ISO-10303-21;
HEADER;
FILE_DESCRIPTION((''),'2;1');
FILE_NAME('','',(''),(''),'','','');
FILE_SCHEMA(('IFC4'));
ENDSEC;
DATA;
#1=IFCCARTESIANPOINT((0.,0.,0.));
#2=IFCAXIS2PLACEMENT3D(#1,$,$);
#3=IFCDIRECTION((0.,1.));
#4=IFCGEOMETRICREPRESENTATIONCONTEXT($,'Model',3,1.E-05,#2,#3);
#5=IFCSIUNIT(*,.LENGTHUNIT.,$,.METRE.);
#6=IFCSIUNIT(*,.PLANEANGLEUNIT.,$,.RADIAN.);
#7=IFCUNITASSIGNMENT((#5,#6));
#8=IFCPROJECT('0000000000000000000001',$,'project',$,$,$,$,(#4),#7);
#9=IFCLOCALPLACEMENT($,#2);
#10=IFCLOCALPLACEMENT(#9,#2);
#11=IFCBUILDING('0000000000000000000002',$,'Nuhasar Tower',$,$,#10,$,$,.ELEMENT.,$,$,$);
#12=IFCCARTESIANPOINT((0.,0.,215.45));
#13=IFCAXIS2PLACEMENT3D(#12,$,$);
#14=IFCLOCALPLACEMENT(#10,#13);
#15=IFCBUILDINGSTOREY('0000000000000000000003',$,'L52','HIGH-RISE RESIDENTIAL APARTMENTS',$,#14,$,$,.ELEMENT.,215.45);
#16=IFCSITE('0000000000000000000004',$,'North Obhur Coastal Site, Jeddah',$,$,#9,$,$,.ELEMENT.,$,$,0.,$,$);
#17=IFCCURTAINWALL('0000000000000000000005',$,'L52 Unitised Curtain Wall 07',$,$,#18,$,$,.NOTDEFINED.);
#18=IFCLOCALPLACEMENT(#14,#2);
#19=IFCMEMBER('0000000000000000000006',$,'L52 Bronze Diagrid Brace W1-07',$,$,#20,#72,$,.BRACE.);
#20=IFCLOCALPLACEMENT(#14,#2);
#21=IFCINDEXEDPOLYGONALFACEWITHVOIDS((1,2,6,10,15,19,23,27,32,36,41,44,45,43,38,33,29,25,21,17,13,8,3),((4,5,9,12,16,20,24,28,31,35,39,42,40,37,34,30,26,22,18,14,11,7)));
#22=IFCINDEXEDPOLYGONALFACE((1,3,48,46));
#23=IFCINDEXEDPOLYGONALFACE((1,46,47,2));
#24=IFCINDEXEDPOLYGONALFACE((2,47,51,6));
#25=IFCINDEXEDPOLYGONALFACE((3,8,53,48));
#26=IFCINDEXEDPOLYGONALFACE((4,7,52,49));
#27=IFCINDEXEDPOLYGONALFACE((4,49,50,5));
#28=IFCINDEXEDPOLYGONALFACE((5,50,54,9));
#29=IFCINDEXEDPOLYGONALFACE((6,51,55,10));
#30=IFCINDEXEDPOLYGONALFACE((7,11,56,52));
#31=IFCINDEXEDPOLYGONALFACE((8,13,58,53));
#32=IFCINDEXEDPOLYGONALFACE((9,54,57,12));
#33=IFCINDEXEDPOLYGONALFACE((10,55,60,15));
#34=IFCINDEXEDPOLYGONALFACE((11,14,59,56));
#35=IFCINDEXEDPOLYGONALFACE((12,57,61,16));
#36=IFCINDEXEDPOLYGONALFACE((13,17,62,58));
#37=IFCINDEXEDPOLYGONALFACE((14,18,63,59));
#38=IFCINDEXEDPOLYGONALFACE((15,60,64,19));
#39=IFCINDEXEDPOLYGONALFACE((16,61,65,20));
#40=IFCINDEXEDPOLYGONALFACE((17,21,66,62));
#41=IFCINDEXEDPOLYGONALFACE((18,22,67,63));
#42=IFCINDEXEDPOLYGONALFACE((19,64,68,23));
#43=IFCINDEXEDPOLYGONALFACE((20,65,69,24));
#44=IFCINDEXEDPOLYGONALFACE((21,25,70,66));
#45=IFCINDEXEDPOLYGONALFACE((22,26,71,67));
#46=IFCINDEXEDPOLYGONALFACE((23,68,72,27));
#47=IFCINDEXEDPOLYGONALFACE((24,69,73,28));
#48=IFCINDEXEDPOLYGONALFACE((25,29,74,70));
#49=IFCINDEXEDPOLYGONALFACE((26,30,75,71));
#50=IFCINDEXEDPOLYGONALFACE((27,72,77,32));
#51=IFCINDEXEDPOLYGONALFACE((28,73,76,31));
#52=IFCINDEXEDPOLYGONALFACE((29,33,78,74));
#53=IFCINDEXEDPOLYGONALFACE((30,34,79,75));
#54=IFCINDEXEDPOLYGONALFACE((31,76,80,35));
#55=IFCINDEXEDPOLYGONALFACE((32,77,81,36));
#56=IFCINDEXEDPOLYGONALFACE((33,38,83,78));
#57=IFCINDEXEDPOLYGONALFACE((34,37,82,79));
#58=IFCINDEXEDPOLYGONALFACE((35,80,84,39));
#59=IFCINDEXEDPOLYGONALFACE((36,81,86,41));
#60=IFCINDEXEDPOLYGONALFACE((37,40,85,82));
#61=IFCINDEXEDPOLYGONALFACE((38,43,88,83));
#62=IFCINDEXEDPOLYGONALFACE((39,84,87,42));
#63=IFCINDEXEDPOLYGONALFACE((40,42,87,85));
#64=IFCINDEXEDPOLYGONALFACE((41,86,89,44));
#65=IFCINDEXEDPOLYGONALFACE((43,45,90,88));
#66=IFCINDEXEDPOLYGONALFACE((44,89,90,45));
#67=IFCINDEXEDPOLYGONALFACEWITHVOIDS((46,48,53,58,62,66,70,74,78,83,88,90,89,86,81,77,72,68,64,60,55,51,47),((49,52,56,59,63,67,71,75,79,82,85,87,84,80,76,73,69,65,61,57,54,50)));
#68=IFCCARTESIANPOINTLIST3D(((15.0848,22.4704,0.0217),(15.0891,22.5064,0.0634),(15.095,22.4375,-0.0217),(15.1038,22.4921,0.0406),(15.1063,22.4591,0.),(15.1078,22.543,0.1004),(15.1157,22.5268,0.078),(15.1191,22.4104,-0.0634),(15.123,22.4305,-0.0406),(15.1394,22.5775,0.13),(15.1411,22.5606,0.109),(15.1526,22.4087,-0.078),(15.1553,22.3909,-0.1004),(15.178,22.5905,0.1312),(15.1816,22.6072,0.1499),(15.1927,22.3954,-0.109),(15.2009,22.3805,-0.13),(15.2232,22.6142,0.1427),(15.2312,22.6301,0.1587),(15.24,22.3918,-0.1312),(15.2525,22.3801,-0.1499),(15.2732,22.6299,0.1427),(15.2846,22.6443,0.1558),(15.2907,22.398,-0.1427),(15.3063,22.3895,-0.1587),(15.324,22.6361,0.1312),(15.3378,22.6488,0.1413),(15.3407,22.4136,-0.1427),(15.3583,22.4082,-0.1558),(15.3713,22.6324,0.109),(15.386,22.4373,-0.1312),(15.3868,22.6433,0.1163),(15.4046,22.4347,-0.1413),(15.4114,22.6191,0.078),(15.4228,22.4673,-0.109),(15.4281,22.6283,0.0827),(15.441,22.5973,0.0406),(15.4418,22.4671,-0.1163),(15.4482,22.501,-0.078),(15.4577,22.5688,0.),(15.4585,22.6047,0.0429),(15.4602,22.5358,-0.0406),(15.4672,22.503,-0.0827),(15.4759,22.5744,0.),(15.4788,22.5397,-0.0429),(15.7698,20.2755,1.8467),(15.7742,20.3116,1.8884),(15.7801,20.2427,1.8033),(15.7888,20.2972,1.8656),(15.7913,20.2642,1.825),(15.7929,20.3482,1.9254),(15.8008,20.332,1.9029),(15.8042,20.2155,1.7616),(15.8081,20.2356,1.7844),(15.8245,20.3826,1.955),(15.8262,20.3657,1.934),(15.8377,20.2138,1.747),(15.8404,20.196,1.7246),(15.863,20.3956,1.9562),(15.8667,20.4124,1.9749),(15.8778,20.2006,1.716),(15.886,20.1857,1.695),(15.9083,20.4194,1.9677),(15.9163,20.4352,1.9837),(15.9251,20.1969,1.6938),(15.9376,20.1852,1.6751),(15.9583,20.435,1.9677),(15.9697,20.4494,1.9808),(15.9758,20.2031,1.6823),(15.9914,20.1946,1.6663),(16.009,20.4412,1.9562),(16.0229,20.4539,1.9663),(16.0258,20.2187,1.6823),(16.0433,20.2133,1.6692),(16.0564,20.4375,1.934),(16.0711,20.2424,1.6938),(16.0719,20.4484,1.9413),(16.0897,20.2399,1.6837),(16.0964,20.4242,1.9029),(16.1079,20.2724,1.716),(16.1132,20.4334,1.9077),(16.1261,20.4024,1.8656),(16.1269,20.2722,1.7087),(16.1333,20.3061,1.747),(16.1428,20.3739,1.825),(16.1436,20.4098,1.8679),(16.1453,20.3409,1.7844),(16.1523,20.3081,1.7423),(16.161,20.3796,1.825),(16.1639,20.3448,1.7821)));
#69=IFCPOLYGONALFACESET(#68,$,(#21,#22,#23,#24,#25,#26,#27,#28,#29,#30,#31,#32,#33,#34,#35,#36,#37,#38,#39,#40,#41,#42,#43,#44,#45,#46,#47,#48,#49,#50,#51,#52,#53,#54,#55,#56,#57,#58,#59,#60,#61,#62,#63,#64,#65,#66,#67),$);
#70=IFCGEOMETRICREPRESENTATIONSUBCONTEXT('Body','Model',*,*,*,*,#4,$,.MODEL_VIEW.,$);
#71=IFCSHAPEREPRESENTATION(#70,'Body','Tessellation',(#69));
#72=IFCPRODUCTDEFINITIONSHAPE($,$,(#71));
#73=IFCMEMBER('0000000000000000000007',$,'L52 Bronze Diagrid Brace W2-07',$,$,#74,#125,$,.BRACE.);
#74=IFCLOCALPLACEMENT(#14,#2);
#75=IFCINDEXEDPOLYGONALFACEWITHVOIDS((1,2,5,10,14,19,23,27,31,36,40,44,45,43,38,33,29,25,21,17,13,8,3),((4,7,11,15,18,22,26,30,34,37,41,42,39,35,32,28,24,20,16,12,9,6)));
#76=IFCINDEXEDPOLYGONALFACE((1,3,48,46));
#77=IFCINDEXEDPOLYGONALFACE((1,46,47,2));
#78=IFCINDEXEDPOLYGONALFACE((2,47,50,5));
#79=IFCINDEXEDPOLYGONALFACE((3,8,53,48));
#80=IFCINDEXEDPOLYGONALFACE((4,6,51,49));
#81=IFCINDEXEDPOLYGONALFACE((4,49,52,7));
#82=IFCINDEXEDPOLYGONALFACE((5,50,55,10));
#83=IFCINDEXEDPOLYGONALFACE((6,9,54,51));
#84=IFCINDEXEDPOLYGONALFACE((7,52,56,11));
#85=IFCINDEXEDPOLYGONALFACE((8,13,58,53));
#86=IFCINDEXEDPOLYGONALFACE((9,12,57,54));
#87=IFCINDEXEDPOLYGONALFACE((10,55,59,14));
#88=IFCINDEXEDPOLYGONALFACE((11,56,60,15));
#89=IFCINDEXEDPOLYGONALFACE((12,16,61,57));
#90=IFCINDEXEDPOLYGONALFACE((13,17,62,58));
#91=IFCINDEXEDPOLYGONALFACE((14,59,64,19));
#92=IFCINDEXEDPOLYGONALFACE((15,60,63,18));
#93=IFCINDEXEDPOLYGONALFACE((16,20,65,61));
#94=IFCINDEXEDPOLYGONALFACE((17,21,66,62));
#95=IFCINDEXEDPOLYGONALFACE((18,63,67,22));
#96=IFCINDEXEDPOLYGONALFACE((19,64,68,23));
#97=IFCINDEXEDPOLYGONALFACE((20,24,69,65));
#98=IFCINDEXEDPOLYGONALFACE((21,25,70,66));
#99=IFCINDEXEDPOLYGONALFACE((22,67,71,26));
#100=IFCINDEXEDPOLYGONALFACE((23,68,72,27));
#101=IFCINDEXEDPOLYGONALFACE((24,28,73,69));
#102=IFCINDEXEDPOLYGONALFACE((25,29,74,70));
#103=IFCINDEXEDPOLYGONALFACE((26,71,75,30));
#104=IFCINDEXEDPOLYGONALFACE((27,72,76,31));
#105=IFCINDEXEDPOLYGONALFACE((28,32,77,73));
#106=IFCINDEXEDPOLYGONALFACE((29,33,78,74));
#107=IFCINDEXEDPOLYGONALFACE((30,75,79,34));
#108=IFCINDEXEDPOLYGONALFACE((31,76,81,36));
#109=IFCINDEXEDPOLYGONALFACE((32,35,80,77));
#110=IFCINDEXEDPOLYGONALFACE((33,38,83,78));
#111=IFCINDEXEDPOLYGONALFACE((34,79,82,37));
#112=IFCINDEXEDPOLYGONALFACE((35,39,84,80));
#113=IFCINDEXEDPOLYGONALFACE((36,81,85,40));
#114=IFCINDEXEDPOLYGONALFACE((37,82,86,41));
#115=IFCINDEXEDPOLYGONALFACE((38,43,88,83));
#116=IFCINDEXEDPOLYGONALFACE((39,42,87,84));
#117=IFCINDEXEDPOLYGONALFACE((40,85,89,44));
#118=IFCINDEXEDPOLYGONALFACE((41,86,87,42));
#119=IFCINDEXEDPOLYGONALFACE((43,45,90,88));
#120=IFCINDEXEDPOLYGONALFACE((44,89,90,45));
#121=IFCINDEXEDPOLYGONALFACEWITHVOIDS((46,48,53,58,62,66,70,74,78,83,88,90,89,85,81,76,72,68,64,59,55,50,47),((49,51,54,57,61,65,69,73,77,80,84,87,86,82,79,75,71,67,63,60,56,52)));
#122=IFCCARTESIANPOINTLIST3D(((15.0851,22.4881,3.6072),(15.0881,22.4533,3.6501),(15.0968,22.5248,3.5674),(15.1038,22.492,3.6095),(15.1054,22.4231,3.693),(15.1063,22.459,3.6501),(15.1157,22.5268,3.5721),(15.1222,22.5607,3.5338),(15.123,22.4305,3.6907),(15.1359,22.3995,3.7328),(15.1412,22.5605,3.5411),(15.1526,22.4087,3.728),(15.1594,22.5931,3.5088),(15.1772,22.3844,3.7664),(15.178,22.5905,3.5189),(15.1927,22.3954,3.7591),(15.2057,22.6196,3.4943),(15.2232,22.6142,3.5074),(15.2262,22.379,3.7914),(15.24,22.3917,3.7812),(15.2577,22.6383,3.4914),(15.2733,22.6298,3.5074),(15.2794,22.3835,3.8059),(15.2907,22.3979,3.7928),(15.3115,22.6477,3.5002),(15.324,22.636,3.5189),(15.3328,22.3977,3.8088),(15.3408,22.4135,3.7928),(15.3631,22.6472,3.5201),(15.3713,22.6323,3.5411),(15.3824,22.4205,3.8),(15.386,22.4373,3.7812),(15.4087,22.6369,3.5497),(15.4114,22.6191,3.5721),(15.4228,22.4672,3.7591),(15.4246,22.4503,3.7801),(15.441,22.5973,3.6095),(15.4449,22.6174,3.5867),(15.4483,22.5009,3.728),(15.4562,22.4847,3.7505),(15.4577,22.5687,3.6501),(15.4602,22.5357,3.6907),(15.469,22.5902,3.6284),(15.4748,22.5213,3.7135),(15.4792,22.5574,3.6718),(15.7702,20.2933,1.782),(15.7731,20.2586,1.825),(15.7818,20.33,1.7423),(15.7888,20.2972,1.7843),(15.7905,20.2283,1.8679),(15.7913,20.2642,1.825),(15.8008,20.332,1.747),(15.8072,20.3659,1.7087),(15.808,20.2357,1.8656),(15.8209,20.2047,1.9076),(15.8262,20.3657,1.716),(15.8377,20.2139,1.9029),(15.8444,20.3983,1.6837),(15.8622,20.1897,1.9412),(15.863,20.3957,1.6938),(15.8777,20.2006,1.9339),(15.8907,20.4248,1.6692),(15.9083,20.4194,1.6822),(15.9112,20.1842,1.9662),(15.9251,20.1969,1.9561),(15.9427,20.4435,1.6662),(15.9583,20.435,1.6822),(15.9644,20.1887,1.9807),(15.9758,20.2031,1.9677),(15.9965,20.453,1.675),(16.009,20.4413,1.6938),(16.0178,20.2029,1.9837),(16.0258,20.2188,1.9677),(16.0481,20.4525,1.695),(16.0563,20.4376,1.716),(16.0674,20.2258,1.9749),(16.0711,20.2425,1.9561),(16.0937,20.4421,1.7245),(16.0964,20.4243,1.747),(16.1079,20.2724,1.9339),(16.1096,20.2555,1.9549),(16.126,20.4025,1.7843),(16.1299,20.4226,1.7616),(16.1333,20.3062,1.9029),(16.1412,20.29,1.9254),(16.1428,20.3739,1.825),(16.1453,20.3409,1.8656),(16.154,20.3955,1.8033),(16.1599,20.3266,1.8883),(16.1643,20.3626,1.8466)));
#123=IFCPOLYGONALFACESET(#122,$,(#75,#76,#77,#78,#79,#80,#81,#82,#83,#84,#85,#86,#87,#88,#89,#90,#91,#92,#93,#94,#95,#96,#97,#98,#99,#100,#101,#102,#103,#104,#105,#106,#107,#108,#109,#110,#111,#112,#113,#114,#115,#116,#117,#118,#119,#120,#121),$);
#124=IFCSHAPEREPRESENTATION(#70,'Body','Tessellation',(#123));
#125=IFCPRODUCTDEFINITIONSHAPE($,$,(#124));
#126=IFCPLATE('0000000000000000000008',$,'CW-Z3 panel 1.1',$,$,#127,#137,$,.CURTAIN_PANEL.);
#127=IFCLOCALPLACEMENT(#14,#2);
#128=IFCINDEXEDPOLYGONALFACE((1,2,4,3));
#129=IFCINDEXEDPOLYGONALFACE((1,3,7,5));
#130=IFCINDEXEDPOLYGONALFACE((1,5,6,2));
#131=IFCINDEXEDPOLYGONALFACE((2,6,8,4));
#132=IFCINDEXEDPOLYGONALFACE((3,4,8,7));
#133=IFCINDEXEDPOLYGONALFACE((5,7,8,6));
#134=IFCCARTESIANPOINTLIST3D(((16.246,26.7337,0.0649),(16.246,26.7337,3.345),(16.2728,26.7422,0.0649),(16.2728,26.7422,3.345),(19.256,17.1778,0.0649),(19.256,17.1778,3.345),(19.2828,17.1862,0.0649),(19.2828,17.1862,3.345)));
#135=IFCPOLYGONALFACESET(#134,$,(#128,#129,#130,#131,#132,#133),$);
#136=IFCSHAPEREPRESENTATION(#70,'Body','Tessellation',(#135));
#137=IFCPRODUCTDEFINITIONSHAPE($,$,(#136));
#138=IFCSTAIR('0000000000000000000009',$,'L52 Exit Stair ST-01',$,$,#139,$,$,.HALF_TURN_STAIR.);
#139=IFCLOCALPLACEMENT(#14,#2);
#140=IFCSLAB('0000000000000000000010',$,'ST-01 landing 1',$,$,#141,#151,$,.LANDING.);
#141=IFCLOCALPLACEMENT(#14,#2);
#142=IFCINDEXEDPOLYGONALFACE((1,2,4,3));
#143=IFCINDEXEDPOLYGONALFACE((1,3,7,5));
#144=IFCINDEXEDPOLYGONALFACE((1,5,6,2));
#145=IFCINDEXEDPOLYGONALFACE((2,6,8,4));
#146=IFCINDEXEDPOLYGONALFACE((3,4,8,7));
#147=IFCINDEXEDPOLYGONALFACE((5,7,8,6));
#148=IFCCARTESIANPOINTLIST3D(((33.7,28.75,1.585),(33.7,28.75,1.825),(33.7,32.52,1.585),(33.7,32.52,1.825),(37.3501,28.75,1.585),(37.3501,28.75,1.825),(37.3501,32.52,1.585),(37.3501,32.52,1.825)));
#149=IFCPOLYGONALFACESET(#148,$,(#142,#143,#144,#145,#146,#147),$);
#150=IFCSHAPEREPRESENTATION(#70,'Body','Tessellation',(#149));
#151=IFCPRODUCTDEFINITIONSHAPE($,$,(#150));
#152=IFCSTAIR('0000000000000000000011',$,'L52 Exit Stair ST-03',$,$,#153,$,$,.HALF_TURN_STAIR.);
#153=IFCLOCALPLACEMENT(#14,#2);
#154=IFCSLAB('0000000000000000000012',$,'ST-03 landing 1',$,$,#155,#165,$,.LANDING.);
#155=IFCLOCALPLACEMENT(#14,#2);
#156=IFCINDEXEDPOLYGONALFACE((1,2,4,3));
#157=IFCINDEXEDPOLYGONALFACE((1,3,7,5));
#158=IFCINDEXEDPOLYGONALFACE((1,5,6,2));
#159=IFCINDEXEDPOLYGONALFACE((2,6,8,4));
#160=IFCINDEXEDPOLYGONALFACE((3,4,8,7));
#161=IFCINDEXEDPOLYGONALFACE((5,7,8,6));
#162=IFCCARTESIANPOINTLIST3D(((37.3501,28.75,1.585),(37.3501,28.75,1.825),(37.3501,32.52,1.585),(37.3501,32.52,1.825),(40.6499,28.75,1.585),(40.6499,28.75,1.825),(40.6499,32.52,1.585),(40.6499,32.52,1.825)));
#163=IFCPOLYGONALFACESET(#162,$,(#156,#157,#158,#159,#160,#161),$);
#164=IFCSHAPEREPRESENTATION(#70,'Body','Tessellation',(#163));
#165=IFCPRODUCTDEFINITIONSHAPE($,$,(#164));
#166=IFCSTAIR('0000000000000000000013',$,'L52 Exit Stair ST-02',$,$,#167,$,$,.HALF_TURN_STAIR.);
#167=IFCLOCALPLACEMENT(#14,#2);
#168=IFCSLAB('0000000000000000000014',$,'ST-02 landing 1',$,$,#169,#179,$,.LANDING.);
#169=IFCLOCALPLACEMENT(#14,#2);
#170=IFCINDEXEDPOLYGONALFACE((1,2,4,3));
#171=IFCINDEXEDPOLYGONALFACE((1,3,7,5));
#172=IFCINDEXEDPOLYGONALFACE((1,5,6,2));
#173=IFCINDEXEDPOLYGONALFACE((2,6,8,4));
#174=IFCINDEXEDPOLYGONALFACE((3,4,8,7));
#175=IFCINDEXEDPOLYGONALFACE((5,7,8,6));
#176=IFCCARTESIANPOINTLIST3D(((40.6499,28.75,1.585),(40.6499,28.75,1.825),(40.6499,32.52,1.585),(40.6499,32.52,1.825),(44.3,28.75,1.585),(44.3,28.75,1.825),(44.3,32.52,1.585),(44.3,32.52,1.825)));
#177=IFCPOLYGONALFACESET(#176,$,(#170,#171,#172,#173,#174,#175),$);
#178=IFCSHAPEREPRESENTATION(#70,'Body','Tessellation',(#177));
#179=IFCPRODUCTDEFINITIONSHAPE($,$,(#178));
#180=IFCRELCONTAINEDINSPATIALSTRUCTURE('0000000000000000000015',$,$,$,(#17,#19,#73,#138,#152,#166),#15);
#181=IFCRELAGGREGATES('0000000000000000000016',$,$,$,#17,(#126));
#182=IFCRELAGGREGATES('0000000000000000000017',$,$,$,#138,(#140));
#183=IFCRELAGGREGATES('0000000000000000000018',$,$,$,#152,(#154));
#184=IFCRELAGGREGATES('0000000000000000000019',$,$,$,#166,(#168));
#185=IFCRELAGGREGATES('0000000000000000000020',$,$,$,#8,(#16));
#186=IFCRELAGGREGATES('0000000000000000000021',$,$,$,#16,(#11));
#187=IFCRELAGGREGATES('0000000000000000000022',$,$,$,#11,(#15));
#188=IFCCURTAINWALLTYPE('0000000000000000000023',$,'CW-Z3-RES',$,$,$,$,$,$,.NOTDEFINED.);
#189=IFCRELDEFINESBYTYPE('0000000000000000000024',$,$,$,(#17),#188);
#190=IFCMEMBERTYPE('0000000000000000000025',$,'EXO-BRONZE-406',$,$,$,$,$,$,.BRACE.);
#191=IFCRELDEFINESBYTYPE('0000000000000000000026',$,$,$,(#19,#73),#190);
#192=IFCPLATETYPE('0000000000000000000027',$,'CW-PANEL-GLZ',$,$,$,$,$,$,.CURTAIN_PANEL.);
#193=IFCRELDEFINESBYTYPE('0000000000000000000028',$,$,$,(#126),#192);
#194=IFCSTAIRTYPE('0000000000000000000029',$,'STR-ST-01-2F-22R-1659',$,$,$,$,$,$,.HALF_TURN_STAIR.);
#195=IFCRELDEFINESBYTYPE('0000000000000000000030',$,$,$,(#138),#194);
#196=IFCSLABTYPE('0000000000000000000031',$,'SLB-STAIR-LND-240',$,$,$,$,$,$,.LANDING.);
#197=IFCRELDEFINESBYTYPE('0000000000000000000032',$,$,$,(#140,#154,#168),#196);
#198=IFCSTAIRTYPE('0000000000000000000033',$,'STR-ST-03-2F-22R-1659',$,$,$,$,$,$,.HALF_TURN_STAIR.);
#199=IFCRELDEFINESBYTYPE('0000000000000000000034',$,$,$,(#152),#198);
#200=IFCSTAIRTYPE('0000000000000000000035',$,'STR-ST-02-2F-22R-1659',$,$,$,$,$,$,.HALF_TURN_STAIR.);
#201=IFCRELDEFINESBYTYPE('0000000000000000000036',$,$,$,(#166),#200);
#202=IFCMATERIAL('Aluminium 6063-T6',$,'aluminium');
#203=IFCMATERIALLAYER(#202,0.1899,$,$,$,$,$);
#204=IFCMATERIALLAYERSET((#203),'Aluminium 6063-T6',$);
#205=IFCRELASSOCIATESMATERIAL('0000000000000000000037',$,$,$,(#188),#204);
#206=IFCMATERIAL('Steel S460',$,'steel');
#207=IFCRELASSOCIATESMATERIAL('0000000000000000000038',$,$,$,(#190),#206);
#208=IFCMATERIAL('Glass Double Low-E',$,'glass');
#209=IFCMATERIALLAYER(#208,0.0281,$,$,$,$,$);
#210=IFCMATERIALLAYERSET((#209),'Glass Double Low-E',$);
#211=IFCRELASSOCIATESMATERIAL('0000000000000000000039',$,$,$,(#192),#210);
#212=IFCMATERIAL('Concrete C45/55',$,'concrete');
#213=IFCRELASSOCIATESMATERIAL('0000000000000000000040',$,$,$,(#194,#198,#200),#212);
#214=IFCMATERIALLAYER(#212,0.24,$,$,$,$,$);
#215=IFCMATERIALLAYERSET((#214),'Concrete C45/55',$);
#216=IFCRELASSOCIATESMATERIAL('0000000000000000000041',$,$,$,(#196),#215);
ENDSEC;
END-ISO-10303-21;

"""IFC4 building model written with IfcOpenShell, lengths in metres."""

from ifc_helpers import new_model, si_unit, direction, frame, origin, origin_2d, place, context, subcontext, project, spatial, polyline, rectangle, hollow_circle, outline, extrude, material, layer, layer_set, material_profile, profile_set, type_object, element, aggregate, save


model = new_model("IFC4")

# Units and contexts
model_context = context("Model", 3, precision=1e-05, world=origin(), true_north=direction((0.0, 1.0)))
body_context = subcontext(model_context, "Body", "Model", "MODEL_VIEW")
ifc_project = project(units=[si_unit("LENGTHUNIT", "METRE"), si_unit("PLANEANGLEUNIT", "RADIAN")], contexts=[model_context])

# Site, building, storey
site_placement = place(None, origin())
site = spatial("IfcSite", under=ifc_project, at=site_placement, Name="North Obhur Coastal Site, Jeddah", CompositionType="ELEMENT", RefElevation=0.0)
building_placement = place(site_placement, origin())
building = spatial("IfcBuilding", under=site, at=building_placement, Name="Nuhasar Tower", CompositionType="ELEMENT")
storey_placement = place(building_placement, frame((0.0, 0.0, 215.45)))
storey = spatial("IfcBuildingStorey", under=building, at=storey_placement, Name="L52", Description="HIGH-RISE RESIDENTIAL APARTMENTS", CompositionType="ELEMENT", Elevation=215.45)

# Curtain wall
ifc_material_1 = material(Name="Aluminium 6063-T6", Category="aluminium")
ifc_layer_1 = layer(ifc_material_1, 0.1899)
ifc_layer_set_1 = layer_set([ifc_layer_1], Name="Aluminium 6063-T6")
curtain_wall_type = type_object("IfcCurtainWallType", Name="CW-Z3-RES", PredefinedType="NOTDEFINED", material=ifc_layer_set_1)
curtain_wall_1_placement = place(storey_placement, origin())
curtain_wall_1 = element("IfcCurtainWall", 1, at=curtain_wall_1_placement, inside=storey, type_object=curtain_wall_type, Name="L52 Unitised Curtain Wall 07", PredefinedType="NOTDEFINED")

# Members
ifc_material_2 = material(Name="Steel S460", Category="steel")
ifc_material_profile_1 = material_profile(ifc_material_2, hollow_circle(Radius=0.2031, WallThickness=0.019, at=origin_2d()), Name="HSS406.4X19.1")
ifc_profile_set_1 = profile_set([ifc_material_profile_1], Name="Steel S460")
member_type_1 = type_object("IfcMemberType", Name="EXO-BRONZE-406", PredefinedType="BRACE", material=ifc_profile_set_1)
for number, where, z_axis, x_axis, name in (
    (2, (15.282, 22.5139, 0.0), (0.233372, -0.74769, 0.621689), (0.954582, 0.297948, 0.0), "L52 Bronze Diagrid Brace W1-07"),
    (3, (15.967, 20.3191, 1.825), (-0.23336, 0.747651, 0.62174), (-0.954582, -0.297948, 0.0), "L52 Bronze Diagrid Brace W2-07"),
):
    element("IfcMember", number, at=place(storey_placement, frame(where, z_axis=z_axis, x_axis=x_axis)), inside=storey, type_object=member_type_1, Name=name, PredefinedType="BRACE", context=body_context, shape_type="SweptSolid", body=[
        extrude(hollow_circle(Radius=0.2031, WallThickness=0.019, at=origin_2d()), origin(), (0.0, 0.0, 1.0), 2.9355),
    ])

# Plate
ifc_material_3 = material(Name="Glass Double Low-E", Category="glass")
ifc_layer_2 = layer(ifc_material_3, 0.0281)
ifc_layer_set_2 = layer_set([ifc_layer_2], Name="Glass Double Low-E")
plate_type = type_object("IfcPlateType", Name="CW-PANEL-GLZ", PredefinedType="CURTAIN_PANEL", material=ifc_layer_set_2)
plate_placement = place(storey_placement, frame((17.7644, 21.96, 0.0649), z_axis=(0.0, 0.0, 1.0), x_axis=(0.300429, -0.953804, 0.0)))
plate = element("IfcPlate", 4, at=plate_placement, type_object=plate_type, Name="CW-Z3 panel 1.1", PredefinedType="CURTAIN_PANEL", context=body_context, shape_type="SweptSolid", body=[
    extrude(rectangle(XDim=10.0188, YDim=0.0281, at=origin_2d()), origin(), (0.0, 0.0, 1.0), 3.28),
])
aggregate(curtain_wall_1, [plate])

# Stairs, slabs
ifc_material_4 = material(Name="Concrete C45/55", Category="concrete")
stair_type_1 = type_object("IfcStairType", Name="STR-ST-01-2F-22R-1659", PredefinedType="HALF_TURN_STAIR", material=ifc_material_4)
stair_1_placement = place(storey_placement, origin())
stair_1 = element("IfcStair", 5, at=stair_1_placement, inside=storey, type_object=stair_type_1, Name="L52 Exit Stair ST-01", PredefinedType="HALF_TURN_STAIR")
ifc_layer_3 = layer(ifc_material_4, 0.24)
ifc_layer_set_3 = layer_set([ifc_layer_3], Name="Concrete C45/55")
slab_type_1 = type_object("IfcSlabType", Name="SLB-STAIR-LND-240", PredefinedType="LANDING", material=ifc_layer_set_3)
slab_1_placement = place(storey_placement, frame((0.0, 0.0, 1.585)))
slab_1 = element("IfcSlab", 6, at=slab_1_placement, type_object=slab_type_1, Name="ST-01 landing 1", PredefinedType="LANDING", context=body_context, shape_type="SweptSolid", body=[
    extrude(outline(polyline([(33.7, 28.75), (37.3501, 28.75), (37.3501, 32.52), (33.7, 32.52), (33.7, 28.75)])), origin(), (0.0, 0.0, 1.0), 0.24),
])
aggregate(stair_1, [slab_1])
stair_type_2 = type_object("IfcStairType", Name="STR-ST-03-2F-22R-1659", PredefinedType="HALF_TURN_STAIR", material=ifc_material_4)
stair_2_placement = place(storey_placement, origin())
stair_2 = element("IfcStair", 7, at=stair_2_placement, inside=storey, type_object=stair_type_2, Name="L52 Exit Stair ST-03", PredefinedType="HALF_TURN_STAIR")
slab_2_placement = place(storey_placement, frame((0.0, 0.0, 1.585)))
slab_2 = element("IfcSlab", 8, at=slab_2_placement, type_object=slab_type_1, Name="ST-03 landing 1", PredefinedType="LANDING", context=body_context, shape_type="SweptSolid", body=[
    extrude(outline(polyline([(37.3501, 28.75), (40.6499, 28.75), (40.6499, 32.52), (37.3501, 32.52), (37.3501, 28.75)])), origin(), (0.0, 0.0, 1.0), 0.24),
])
aggregate(stair_2, [slab_2])
stair_type_3 = type_object("IfcStairType", Name="STR-ST-02-2F-22R-1659", PredefinedType="HALF_TURN_STAIR", material=ifc_material_4)
stair_3_placement = place(storey_placement, origin())
stair_3 = element("IfcStair", 9, at=stair_3_placement, inside=storey, type_object=stair_type_3, Name="L52 Exit Stair ST-02", PredefinedType="HALF_TURN_STAIR")
slab_3_placement = place(storey_placement, frame((0.0, 0.0, 1.585)))
slab_3 = element("IfcSlab", 10, at=slab_3_placement, type_object=slab_type_1, Name="ST-02 landing 1", PredefinedType="LANDING", context=body_context, shape_type="SweptSolid", body=[
    extrude(outline(polyline([(40.6499, 28.75), (44.3, 28.75), (44.3, 32.52), (40.6499, 32.52), (40.6499, 28.75)])), origin(), (0.0, 0.0, 1.0), 0.24),
])
aggregate(stair_3, [slab_3])

save(model, "model.ifc")
